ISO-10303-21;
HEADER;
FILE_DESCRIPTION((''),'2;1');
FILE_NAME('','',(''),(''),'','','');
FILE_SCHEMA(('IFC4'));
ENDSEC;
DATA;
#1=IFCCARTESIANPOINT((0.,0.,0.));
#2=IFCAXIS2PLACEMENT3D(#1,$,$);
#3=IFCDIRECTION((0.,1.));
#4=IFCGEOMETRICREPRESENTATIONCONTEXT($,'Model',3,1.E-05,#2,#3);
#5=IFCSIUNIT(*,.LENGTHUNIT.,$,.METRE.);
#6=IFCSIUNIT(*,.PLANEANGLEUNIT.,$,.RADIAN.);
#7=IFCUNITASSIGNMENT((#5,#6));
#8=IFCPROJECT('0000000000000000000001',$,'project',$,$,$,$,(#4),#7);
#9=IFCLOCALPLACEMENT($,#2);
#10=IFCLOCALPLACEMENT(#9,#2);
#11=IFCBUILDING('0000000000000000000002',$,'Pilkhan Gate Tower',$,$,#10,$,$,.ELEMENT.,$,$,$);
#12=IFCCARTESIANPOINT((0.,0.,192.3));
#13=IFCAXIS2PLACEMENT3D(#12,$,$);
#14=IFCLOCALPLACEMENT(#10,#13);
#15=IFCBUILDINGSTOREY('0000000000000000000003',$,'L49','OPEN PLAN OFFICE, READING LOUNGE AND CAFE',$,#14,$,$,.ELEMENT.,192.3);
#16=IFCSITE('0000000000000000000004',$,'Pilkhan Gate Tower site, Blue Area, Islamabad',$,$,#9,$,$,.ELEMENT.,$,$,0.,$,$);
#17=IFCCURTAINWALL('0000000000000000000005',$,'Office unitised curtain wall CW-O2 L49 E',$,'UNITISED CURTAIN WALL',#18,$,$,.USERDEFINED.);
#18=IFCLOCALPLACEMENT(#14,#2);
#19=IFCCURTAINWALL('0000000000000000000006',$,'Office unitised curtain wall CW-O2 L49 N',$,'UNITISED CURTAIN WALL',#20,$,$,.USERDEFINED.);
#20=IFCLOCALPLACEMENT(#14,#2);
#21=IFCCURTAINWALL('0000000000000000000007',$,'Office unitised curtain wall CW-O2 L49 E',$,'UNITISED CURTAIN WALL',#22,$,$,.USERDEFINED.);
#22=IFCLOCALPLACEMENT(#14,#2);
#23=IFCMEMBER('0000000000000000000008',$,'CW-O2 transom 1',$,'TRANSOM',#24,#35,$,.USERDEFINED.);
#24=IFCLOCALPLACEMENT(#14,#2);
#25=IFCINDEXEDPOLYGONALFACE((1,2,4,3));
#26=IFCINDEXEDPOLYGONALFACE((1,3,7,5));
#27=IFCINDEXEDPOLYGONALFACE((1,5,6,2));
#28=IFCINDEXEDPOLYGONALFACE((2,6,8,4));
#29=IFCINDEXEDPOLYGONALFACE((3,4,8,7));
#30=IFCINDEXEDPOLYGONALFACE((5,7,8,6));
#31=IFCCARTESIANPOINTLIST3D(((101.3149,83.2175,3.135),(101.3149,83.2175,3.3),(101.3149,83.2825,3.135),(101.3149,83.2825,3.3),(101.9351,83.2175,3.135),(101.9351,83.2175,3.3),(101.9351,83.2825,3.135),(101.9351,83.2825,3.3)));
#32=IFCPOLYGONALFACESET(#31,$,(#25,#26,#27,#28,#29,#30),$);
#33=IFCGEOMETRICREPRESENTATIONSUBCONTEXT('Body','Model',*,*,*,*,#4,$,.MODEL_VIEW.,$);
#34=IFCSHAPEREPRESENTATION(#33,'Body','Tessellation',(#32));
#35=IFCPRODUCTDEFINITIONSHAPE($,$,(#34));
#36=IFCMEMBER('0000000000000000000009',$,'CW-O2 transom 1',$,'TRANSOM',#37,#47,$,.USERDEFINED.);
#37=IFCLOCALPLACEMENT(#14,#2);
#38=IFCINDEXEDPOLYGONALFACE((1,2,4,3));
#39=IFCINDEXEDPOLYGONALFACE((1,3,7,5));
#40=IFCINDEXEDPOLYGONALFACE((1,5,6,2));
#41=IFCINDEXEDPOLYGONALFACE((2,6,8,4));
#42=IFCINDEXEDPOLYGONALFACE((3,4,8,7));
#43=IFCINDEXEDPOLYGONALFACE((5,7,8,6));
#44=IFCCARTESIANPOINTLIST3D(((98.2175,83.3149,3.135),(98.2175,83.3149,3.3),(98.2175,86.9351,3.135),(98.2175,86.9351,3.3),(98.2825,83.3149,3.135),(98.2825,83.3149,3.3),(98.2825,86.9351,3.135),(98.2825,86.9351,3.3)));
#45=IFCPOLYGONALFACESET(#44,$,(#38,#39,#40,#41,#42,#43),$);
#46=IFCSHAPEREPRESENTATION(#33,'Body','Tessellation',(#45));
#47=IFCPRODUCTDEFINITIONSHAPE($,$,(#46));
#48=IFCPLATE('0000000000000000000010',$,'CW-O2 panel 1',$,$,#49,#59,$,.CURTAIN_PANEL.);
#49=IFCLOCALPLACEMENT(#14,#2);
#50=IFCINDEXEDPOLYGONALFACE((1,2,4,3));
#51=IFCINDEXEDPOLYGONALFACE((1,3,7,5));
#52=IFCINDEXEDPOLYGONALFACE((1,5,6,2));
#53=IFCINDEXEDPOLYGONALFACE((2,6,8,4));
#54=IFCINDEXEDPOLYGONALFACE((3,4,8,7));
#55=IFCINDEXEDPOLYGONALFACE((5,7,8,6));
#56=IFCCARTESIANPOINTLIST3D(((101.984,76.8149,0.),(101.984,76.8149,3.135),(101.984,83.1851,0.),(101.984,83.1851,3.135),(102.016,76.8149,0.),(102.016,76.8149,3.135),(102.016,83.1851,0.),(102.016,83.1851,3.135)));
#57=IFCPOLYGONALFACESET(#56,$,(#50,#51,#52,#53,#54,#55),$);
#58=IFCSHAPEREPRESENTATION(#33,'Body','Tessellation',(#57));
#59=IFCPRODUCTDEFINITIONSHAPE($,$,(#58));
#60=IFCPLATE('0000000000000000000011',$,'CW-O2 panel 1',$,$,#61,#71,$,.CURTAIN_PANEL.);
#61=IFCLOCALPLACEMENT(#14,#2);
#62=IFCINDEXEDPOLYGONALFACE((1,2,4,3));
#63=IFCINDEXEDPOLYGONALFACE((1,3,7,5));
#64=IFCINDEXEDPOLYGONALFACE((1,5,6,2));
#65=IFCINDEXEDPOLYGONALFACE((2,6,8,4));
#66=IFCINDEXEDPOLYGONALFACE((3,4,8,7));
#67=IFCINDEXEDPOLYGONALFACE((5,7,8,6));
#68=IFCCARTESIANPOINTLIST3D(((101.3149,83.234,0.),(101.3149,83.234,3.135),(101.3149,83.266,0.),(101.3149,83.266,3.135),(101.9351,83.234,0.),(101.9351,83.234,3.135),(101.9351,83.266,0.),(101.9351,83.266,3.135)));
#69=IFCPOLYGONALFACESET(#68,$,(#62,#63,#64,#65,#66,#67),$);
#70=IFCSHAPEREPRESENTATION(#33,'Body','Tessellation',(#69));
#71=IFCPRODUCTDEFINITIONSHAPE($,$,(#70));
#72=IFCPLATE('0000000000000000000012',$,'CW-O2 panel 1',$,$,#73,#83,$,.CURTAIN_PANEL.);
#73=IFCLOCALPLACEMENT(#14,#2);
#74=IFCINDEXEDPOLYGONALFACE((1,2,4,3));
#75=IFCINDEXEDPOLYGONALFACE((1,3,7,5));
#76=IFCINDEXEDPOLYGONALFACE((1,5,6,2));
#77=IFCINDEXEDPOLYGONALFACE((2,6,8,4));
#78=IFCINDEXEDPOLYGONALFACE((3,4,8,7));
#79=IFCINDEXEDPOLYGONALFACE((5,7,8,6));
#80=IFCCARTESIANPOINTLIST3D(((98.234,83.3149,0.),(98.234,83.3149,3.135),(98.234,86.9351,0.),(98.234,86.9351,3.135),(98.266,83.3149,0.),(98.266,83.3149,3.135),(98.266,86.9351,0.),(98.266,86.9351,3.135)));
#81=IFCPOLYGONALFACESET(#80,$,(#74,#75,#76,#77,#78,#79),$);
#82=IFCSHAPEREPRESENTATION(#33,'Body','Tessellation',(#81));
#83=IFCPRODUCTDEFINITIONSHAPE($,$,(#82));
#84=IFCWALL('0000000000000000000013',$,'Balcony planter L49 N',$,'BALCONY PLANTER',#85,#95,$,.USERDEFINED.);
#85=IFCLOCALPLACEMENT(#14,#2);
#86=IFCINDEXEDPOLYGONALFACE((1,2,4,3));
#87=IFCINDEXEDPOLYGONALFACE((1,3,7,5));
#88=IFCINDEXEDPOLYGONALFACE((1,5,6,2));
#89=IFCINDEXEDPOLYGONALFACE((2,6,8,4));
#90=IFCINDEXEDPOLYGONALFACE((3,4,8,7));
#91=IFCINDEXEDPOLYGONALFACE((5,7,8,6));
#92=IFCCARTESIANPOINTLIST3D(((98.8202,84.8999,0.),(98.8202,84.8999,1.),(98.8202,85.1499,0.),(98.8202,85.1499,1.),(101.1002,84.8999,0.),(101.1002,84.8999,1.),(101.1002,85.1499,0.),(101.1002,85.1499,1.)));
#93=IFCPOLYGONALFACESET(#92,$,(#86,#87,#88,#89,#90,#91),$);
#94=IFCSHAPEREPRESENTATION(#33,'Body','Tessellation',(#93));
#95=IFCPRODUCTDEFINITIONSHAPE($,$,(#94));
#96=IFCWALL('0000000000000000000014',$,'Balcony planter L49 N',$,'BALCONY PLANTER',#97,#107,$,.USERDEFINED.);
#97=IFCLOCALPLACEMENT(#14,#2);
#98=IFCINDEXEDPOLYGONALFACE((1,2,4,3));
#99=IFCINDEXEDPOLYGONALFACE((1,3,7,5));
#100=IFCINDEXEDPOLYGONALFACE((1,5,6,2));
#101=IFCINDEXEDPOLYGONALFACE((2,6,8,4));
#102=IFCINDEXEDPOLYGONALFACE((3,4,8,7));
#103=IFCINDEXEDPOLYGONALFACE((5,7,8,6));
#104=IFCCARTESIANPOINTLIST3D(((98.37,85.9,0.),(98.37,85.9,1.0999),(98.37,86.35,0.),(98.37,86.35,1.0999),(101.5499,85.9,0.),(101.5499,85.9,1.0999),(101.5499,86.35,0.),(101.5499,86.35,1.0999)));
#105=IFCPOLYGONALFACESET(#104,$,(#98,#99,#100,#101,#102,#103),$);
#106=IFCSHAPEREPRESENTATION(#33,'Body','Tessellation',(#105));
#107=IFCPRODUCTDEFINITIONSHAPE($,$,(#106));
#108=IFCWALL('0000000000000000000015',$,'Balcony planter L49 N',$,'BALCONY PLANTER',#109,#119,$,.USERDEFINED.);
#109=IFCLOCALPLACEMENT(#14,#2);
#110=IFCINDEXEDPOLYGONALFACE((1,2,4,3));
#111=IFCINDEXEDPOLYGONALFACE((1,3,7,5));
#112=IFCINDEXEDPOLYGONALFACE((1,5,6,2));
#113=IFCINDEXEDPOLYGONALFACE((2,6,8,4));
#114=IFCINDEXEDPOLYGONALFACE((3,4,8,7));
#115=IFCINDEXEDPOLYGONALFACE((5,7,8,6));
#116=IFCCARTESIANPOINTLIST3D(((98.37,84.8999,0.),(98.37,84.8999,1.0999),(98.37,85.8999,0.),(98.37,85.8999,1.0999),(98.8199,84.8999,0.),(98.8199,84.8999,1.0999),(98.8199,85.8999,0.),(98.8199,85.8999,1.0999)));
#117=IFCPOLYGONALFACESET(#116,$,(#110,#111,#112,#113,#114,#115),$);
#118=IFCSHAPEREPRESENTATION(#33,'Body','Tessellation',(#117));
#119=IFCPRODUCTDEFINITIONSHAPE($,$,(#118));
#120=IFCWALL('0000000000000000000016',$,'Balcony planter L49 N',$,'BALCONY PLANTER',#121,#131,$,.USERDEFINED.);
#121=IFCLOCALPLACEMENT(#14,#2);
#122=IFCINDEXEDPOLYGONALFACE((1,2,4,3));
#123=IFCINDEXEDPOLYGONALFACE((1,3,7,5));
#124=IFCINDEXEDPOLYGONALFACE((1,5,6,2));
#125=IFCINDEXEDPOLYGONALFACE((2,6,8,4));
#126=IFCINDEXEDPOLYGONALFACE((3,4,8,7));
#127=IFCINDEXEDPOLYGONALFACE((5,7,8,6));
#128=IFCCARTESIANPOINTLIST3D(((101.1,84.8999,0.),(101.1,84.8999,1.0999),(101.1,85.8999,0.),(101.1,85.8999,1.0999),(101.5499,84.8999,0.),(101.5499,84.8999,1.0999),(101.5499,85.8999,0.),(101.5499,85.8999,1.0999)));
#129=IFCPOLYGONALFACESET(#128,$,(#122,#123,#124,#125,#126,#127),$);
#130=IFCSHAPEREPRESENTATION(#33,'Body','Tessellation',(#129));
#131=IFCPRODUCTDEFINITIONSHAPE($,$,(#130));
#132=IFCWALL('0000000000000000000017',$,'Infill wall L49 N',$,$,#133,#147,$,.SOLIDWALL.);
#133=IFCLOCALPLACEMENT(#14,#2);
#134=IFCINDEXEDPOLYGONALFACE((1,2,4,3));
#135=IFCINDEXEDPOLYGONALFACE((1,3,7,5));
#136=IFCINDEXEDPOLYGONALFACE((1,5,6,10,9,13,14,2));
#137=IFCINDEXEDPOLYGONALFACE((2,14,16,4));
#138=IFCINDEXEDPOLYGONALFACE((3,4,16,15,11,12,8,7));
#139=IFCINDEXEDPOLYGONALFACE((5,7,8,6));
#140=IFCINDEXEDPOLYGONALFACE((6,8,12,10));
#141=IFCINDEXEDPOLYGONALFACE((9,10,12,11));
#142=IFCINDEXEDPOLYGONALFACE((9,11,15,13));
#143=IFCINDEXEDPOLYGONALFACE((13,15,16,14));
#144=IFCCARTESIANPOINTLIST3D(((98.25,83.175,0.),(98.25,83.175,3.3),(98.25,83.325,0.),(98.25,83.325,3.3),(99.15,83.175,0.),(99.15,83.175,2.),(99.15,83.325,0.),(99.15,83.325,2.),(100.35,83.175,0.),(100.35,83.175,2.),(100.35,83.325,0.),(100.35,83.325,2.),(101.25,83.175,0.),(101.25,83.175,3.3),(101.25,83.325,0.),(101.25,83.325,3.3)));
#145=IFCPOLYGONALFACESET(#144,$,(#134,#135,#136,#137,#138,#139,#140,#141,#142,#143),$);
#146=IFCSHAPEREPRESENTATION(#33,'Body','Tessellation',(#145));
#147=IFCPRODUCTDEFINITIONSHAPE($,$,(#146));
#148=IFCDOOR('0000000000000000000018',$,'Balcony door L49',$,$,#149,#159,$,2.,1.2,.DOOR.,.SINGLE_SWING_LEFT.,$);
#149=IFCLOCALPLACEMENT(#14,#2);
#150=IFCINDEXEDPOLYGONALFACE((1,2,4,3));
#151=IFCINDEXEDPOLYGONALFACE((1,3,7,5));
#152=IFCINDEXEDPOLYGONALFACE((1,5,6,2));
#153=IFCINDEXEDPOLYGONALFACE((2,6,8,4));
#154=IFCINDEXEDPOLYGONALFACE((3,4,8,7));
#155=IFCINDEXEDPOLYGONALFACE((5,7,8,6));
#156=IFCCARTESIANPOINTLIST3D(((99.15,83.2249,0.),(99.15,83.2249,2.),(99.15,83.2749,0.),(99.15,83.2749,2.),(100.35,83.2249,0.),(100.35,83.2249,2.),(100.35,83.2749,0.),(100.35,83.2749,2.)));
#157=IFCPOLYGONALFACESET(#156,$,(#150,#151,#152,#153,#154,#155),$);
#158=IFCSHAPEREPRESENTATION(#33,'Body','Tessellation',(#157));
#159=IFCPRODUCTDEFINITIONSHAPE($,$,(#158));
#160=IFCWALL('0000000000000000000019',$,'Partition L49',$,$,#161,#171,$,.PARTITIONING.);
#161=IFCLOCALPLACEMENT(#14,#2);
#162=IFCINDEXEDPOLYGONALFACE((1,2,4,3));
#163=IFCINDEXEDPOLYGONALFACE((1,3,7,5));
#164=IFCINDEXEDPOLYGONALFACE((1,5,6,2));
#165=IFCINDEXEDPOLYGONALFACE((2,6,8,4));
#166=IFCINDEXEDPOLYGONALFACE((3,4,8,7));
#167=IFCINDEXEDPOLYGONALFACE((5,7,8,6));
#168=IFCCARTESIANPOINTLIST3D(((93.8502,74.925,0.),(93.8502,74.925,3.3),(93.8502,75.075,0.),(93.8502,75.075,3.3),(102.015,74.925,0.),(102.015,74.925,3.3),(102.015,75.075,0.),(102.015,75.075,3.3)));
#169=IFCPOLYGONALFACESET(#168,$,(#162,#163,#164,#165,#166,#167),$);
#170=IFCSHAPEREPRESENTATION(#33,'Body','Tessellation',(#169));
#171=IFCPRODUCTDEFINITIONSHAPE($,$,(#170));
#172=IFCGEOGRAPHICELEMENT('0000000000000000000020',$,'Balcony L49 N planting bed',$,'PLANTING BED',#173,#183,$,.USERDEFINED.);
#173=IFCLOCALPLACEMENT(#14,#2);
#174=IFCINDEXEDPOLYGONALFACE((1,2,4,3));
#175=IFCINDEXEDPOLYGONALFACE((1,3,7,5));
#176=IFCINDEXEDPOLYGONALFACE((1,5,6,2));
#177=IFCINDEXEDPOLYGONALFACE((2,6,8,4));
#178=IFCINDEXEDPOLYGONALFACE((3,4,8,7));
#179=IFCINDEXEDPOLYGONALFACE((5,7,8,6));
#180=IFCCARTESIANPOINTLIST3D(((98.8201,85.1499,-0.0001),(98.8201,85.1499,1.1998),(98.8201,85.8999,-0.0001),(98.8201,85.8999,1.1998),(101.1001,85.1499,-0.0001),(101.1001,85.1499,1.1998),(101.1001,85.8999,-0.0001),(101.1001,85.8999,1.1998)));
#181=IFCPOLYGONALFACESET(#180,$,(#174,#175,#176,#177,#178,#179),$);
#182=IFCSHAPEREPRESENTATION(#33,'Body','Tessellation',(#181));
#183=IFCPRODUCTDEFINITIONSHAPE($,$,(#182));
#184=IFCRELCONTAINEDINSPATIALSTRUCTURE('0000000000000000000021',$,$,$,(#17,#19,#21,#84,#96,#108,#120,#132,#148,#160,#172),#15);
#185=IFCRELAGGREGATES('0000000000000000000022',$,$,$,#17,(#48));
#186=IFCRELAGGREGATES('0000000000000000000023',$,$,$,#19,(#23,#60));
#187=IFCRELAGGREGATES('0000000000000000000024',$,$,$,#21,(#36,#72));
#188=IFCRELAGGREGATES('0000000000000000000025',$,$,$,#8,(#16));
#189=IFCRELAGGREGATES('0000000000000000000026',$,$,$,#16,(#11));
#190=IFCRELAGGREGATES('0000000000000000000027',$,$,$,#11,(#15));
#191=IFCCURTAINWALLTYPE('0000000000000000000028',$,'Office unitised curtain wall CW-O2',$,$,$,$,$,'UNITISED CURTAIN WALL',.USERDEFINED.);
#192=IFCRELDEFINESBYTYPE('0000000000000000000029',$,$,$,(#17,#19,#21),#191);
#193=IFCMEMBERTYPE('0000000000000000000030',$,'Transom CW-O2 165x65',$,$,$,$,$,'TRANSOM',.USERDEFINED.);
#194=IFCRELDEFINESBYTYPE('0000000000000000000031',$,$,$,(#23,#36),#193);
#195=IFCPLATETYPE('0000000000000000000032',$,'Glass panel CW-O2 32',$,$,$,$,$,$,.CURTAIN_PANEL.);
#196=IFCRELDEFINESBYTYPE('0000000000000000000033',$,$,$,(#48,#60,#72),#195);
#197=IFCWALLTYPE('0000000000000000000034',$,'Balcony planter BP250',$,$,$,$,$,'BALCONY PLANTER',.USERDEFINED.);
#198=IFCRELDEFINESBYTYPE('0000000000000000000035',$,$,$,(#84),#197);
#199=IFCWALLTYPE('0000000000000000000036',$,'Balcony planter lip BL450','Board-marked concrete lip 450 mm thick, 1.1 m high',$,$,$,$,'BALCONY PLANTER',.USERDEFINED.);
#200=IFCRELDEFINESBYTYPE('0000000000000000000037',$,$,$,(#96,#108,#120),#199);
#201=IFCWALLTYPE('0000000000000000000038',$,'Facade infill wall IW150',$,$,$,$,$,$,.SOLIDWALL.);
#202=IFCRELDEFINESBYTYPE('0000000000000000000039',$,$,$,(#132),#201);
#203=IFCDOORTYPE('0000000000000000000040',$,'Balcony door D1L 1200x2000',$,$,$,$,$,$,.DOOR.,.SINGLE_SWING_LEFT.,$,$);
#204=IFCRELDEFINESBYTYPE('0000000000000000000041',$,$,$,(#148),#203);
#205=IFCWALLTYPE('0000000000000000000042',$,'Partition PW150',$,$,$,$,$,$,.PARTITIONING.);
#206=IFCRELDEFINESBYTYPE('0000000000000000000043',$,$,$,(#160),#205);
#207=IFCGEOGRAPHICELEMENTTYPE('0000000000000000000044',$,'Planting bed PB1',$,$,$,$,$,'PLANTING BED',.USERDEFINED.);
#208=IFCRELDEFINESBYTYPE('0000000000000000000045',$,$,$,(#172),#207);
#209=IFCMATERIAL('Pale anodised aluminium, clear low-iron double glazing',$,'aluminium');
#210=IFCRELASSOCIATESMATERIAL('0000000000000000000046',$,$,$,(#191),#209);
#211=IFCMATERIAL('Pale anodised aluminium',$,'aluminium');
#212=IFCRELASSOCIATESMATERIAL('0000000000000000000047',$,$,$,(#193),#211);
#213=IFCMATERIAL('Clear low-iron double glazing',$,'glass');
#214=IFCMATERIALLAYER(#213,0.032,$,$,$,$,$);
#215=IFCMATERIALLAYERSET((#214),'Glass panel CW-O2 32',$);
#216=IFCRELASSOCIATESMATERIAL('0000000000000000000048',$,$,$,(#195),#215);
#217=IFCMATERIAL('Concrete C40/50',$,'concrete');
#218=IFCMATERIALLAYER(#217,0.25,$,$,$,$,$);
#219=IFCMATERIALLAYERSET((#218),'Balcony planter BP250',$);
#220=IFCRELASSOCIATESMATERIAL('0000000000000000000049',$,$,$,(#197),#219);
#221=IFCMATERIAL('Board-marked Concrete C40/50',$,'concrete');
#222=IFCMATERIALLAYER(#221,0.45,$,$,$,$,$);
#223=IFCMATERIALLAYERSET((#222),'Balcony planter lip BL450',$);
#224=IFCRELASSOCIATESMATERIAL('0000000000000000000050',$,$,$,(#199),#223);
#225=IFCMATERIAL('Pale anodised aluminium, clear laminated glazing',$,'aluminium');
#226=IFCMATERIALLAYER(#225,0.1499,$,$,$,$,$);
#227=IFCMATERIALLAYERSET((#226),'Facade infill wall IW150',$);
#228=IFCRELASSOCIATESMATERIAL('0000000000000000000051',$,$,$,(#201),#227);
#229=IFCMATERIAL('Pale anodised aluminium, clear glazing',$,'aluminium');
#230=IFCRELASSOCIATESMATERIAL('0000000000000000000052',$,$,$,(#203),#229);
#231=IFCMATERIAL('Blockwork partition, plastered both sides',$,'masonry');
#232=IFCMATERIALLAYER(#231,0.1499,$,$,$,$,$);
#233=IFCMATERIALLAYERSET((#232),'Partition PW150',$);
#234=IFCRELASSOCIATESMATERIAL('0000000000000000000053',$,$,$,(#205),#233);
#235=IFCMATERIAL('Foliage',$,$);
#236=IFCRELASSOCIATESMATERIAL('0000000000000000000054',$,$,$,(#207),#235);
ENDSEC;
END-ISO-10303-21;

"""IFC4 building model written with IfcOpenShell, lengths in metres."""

from ifc_helpers import new_model, si_unit, direction, frame, frame_2d, origin, origin_2d, place, context, subcontext, project, spatial, rectangle, extrude, material, layer, layer_set, material_profile, profile_set, type_object, element, fill, aggregate, save


model = new_model("IFC4")

# Units and contexts
model_context = context("Model", 3, precision=1e-05, world=origin(), true_north=direction((0.0, 1.0)))
body_context = subcontext(model_context, "Body", "Model", "MODEL_VIEW")
ifc_project = project(units=[si_unit("LENGTHUNIT", "METRE"), si_unit("PLANEANGLEUNIT", "RADIAN")], contexts=[model_context])

# Site, building, storey
site_placement = place(None, origin())
site = spatial("IfcSite", under=ifc_project, at=site_placement, Name="Pilkhan Gate Tower site, Blue Area, Islamabad", CompositionType="ELEMENT", RefElevation=0.0)
building_placement = place(site_placement, origin())
building = spatial("IfcBuilding", under=site, at=building_placement, Name="Pilkhan Gate Tower", CompositionType="ELEMENT")
storey_placement = place(building_placement, frame((0.0, 0.0, 192.3)))
storey = spatial("IfcBuildingStorey", under=building, at=storey_placement, Name="L49", Description="OPEN PLAN OFFICE, READING LOUNGE AND CAFE", CompositionType="ELEMENT", Elevation=192.3)

# Shared definitions
ifc_material_1 = material(Name="Pale anodised aluminium, clear low-iron double glazing", Category="aluminium")
curtain_wall_type = type_object("IfcCurtainWallType", Name="Office unitised curtain wall CW-O2", ElementType="UNITISED CURTAIN WALL", PredefinedType="USERDEFINED", material=ifc_material_1)
ifc_material_2 = material(Name="Pale anodised aluminium", Category="aluminium")

# Curtain walls
curtain_wall_1_placement = place(storey_placement, origin())
curtain_wall_1 = element("IfcCurtainWall", 1, at=curtain_wall_1_placement, inside=storey, type_object=curtain_wall_type, Name="Office unitised curtain wall CW-O2 L49 E", ObjectType="UNITISED CURTAIN WALL", PredefinedType="USERDEFINED")
curtain_wall_2_placement = place(storey_placement, origin())
curtain_wall_2 = element("IfcCurtainWall", 2, at=curtain_wall_2_placement, inside=storey, type_object=curtain_wall_type, Name="Office unitised curtain wall CW-O2 L49 N", ObjectType="UNITISED CURTAIN WALL", PredefinedType="USERDEFINED")

# Curtain wall
curtain_wall_3_placement = place(storey_placement, origin())
curtain_wall_3 = element("IfcCurtainWall", 3, at=curtain_wall_3_placement, inside=storey, type_object=curtain_wall_type, Name="Office unitised curtain wall CW-O2 L49 E", ObjectType="UNITISED CURTAIN WALL", PredefinedType="USERDEFINED")

# Members
ifc_material_profile_1 = material_profile(ifc_material_2, rectangle(XDim=0.0649, YDim=0.165, at=origin_2d()), Name="Transom 165x65")
ifc_profile_set_1 = profile_set([ifc_material_profile_1], Name="Pale anodised aluminium")
member_type_1 = type_object("IfcMemberType", Name="Transom CW-O2 165x65", ElementType="TRANSOM", PredefinedType="USERDEFINED", material=ifc_profile_set_1)
member_1_placement = place(storey_placement, frame((101.3149, 83.25, 3.2175), z_axis=(1.0, 0.0, 0.0), x_axis=(0.0, 1.0, 0.0)))
member_1 = element("IfcMember", 4, at=member_1_placement, type_object=member_type_1, Name="CW-O2 transom 1", ObjectType="TRANSOM", PredefinedType="USERDEFINED", context=body_context, shape_type="SweptSolid", body=[
    extrude(rectangle(XDim=0.0649, YDim=0.165, at=origin_2d()), origin(), (0.0, 0.0, 1.0), 0.6201),
])
member_2_placement = place(storey_placement, frame((98.25, 83.3149, 3.2175), z_axis=(0.0, 1.0, 0.0), x_axis=(-1.0, 0.0, 0.0)))
member_2 = element("IfcMember", 5, at=member_2_placement, type_object=member_type_1, Name="CW-O2 transom 1", ObjectType="TRANSOM", PredefinedType="USERDEFINED", context=body_context, shape_type="SweptSolid", body=[
    extrude(rectangle(XDim=0.0649, YDim=0.165, at=origin_2d()), origin(), (0.0, 0.0, 1.0), 3.6201),
])

# Plates
ifc_material_3 = material(Name="Clear low-iron double glazing", Category="glass")
ifc_layer_1 = layer(ifc_material_3, 0.032)
ifc_layer_set_1 = layer_set([ifc_layer_1], Name="Glass panel CW-O2 32")
plate_type = type_object("IfcPlateType", Name="Glass panel CW-O2 32", PredefinedType="CURTAIN_PANEL", material=ifc_layer_set_1)
plate_1_placement = place(storey_placement, frame((102.0, 80.0, 0.0), z_axis=(0.0, 0.0, 1.0), x_axis=(0.0, 1.0, 0.0)))
plate_1 = element("IfcPlate", 6, at=plate_1_placement, type_object=plate_type, Name="CW-O2 panel 1", PredefinedType="CURTAIN_PANEL", context=body_context, shape_type="SweptSolid", body=[
    extrude(rectangle(XDim=6.3701, YDim=0.032, at=origin_2d()), origin(), (0.0, 0.0, 1.0), 3.135),
])
aggregate(curtain_wall_1, [plate_1])
plate_2_placement = place(storey_placement, frame((101.625, 83.25, 0.0), z_axis=(0.0, 0.0, 1.0), x_axis=(1.0, 0.0, 0.0)))
plate_2 = element("IfcPlate", 7, at=plate_2_placement, type_object=plate_type, Name="CW-O2 panel 1", PredefinedType="CURTAIN_PANEL", context=body_context, shape_type="SweptSolid", body=[
    extrude(rectangle(XDim=0.6201, YDim=0.032, at=origin_2d()), origin(), (0.0, 0.0, 1.0), 3.135),
])
aggregate(curtain_wall_2, [member_1, plate_2])
plate_3_placement = place(storey_placement, frame((98.25, 85.125, 0.0), z_axis=(0.0, 0.0, 1.0), x_axis=(0.0, 1.0, 0.0)))
plate_3 = element("IfcPlate", 8, at=plate_3_placement, type_object=plate_type, Name="CW-O2 panel 1", PredefinedType="CURTAIN_PANEL", context=body_context, shape_type="SweptSolid", body=[
    extrude(rectangle(XDim=3.6201, YDim=0.032, at=origin_2d()), origin(), (0.0, 0.0, 1.0), 3.135),
])
aggregate(curtain_wall_3, [member_2, plate_3])

# Walls
ifc_material_4 = material(Name="Concrete C40/50", Category="concrete")
ifc_layer_2 = layer(ifc_material_4, 0.25)
ifc_layer_set_2 = layer_set([ifc_layer_2], Name="Balcony planter BP250")
wall_type_1 = type_object("IfcWallType", Name="Balcony planter BP250", ElementType="BALCONY PLANTER", PredefinedType="USERDEFINED", material=ifc_layer_set_2)
wall_1_placement = place(storey_placement, frame((98.8201, 85.0249, 0.0), z_axis=(0.0, 0.0, 1.0), x_axis=(1.0, 0.0, 0.0)))
element("IfcWall", 9, at=wall_1_placement, inside=storey, type_object=wall_type_1, Name="Balcony planter L49 N", ObjectType="BALCONY PLANTER", PredefinedType="USERDEFINED", context=body_context, shape_type="SweptSolid", body=[
    extrude(rectangle(XDim=2.28, YDim=0.25, at=frame_2d((1.1401, 0.0))), origin(), (0.0, 0.0, 1.0), 1.0),
])
ifc_material_5 = material(Name="Board-marked Concrete C40/50", Category="concrete")
ifc_layer_3 = layer(ifc_material_5, 0.45)
ifc_layer_set_3 = layer_set([ifc_layer_3], Name="Balcony planter lip BL450")
wall_type_2 = type_object("IfcWallType", Name="Balcony planter lip BL450", Description="Board-marked concrete lip 450 mm thick, 1.1 m high", ElementType="BALCONY PLANTER", PredefinedType="USERDEFINED", material=ifc_layer_set_3)
wall_2_placement = place(storey_placement, frame((98.3701, 86.125, 0.0), z_axis=(0.0, 0.0, 1.0), x_axis=(1.0, 0.0, 0.0)))
element("IfcWall", 10, at=wall_2_placement, inside=storey, type_object=wall_type_2, Name="Balcony planter L49 N", ObjectType="BALCONY PLANTER", PredefinedType="USERDEFINED", context=body_context, shape_type="SweptSolid", body=[
    extrude(rectangle(XDim=3.1799, YDim=0.45, at=frame_2d((1.5898, 0.0))), origin(), (0.0, 0.0, 1.0), 1.0999),
])
for number, where, z_axis, x_axis, name in (
    (11, (98.595, 84.8999, 0.0), (0.0, 0.0, 1.0), (0.0, 1.0, 0.0), "Balcony planter L49 N"),
    (12, (101.325, 84.8999, 0.0), (0.0, 0.0, 1.0), (0.0, 1.0, 0.0), "Balcony planter L49 N"),
):
    element("IfcWall", number, at=place(storey_placement, frame(where, z_axis=z_axis, x_axis=x_axis)), inside=storey, type_object=wall_type_2, Name=name, ObjectType="BALCONY PLANTER", PredefinedType="USERDEFINED", context=body_context, shape_type="SweptSolid", body=[
        extrude(rectangle(XDim=1.0, YDim=0.45, at=frame_2d((0.5, 0.0))), origin(), (0.0, 0.0, 1.0), 1.0999),
    ])

# Wall, opening, door
ifc_material_6 = material(Name="Pale anodised aluminium, clear laminated glazing", Category="aluminium")
ifc_layer_4 = layer(ifc_material_6, 0.1499)
ifc_layer_set_4 = layer_set([ifc_layer_4], Name="Facade infill wall IW150")
wall_type_3 = type_object("IfcWallType", Name="Facade infill wall IW150", PredefinedType="SOLIDWALL", material=ifc_layer_set_4)
wall_3_placement = place(storey_placement, frame((98.25, 83.25, 0.0), z_axis=(0.0, 0.0, 1.0), x_axis=(1.0, 0.0, 0.0)))
wall_3 = element("IfcWall", 13, at=wall_3_placement, inside=storey, type_object=wall_type_3, Name="Infill wall L49 N", PredefinedType="SOLIDWALL", context=body_context, shape_type="SweptSolid", body=[
    extrude(rectangle(XDim=3.0, YDim=0.1499, at=frame_2d((1.5, 0.0))), origin(), (0.0, 0.0, 1.0), 3.3),
])
opening_placement = place(wall_3_placement, frame((0.8999, 0.0, 0.0)))
opening = element("IfcOpeningElement", 14, at=opening_placement, cuts=wall_3, PredefinedType="OPENING", context=body_context, shape_type="SweptSolid", body=[
    extrude(rectangle(XDim=1.2, YDim=2.0, at=frame_2d((0.6001, 1.0))), frame((0.0, 0.085, 0.0), z_axis=(0.0, -1.0, 0.0), x_axis=(1.0, 0.0, 0.0)), (0.0, 0.0, 1.0), 0.1699),
])
ifc_material_7 = material(Name="Pale anodised aluminium, clear glazing", Category="aluminium")
door_type = type_object("IfcDoorType", Name="Balcony door D1L 1200x2000", OperationType="SINGLE_SWING_LEFT", PredefinedType="DOOR", material=ifc_material_7)
door_placement = place(opening_placement, origin())
door = element("IfcDoor", 15, at=door_placement, inside=storey, type_object=door_type, Name="Balcony door L49", OperationType="SINGLE_SWING_LEFT", OverallHeight=2.0, OverallWidth=1.2, PredefinedType="DOOR", context=body_context, shape_type="SweptSolid", body=[
    extrude(rectangle(XDim=1.2, YDim=2.0, at=frame_2d((0.6001, 1.0))), frame((0.0, 0.0249, 0.0), z_axis=(0.0, -1.0, 0.0), x_axis=(1.0, 0.0, 0.0)), (0.0, 0.0, 1.0), 0.05),
])
fill(opening, door)

# Wall
ifc_material_8 = material(Name="Blockwork partition, plastered both sides", Category="masonry")
ifc_layer_5 = layer(ifc_material_8, 0.1499)
ifc_layer_set_5 = layer_set([ifc_layer_5], Name="Partition PW150")
wall_type_4 = type_object("IfcWallType", Name="Partition PW150", PredefinedType="PARTITIONING", material=ifc_layer_set_5)
wall_4_placement = place(storey_placement, frame((93.8501, 75.0, 0.0), z_axis=(0.0, 0.0, 1.0), x_axis=(1.0, 0.0, 0.0)))
element("IfcWall", 16, at=wall_4_placement, inside=storey, type_object=wall_type_4, Name="Partition L49", PredefinedType="PARTITIONING", context=body_context, shape_type="SweptSolid", body=[
    extrude(rectangle(XDim=8.1648, YDim=0.1499, at=frame_2d((4.0825, 0.0))), origin(), (0.0, 0.0, 1.0), 3.3),
])

# Geographic element
ifc_material_9 = material(Name="Foliage")
ifc_material_profile_2 = material_profile(ifc_material_9, rectangle(XDim=0.75, YDim=1.2, at=origin_2d()), Name="Bed 750x1200")
ifc_profile_set_2 = profile_set([ifc_material_profile_2], Name="Foliage")
geographic_element_type_1 = type_object("IfcGeographicElementType", Name="Planting bed PB1", ElementType="PLANTING BED", PredefinedType="USERDEFINED", material=ifc_profile_set_2)
geographic_element_1_placement = place(storey_placement, frame((98.8201, 85.5249, 0.5999), z_axis=(1.0, 0.0, 0.0), x_axis=(0.0, 1.0, 0.0)))
element("IfcGeographicElement", 17, at=geographic_element_1_placement, inside=storey, type_object=geographic_element_type_1, Name="Balcony L49 N planting bed", ObjectType="PLANTING BED", PredefinedType="USERDEFINED", context=body_context, shape_type="SweptSolid", body=[
    extrude(rectangle(XDim=0.75, YDim=1.2, at=origin_2d()), origin(), (0.0, 0.0, 1.0), 2.28),
])

save(model, "model.ifc")
